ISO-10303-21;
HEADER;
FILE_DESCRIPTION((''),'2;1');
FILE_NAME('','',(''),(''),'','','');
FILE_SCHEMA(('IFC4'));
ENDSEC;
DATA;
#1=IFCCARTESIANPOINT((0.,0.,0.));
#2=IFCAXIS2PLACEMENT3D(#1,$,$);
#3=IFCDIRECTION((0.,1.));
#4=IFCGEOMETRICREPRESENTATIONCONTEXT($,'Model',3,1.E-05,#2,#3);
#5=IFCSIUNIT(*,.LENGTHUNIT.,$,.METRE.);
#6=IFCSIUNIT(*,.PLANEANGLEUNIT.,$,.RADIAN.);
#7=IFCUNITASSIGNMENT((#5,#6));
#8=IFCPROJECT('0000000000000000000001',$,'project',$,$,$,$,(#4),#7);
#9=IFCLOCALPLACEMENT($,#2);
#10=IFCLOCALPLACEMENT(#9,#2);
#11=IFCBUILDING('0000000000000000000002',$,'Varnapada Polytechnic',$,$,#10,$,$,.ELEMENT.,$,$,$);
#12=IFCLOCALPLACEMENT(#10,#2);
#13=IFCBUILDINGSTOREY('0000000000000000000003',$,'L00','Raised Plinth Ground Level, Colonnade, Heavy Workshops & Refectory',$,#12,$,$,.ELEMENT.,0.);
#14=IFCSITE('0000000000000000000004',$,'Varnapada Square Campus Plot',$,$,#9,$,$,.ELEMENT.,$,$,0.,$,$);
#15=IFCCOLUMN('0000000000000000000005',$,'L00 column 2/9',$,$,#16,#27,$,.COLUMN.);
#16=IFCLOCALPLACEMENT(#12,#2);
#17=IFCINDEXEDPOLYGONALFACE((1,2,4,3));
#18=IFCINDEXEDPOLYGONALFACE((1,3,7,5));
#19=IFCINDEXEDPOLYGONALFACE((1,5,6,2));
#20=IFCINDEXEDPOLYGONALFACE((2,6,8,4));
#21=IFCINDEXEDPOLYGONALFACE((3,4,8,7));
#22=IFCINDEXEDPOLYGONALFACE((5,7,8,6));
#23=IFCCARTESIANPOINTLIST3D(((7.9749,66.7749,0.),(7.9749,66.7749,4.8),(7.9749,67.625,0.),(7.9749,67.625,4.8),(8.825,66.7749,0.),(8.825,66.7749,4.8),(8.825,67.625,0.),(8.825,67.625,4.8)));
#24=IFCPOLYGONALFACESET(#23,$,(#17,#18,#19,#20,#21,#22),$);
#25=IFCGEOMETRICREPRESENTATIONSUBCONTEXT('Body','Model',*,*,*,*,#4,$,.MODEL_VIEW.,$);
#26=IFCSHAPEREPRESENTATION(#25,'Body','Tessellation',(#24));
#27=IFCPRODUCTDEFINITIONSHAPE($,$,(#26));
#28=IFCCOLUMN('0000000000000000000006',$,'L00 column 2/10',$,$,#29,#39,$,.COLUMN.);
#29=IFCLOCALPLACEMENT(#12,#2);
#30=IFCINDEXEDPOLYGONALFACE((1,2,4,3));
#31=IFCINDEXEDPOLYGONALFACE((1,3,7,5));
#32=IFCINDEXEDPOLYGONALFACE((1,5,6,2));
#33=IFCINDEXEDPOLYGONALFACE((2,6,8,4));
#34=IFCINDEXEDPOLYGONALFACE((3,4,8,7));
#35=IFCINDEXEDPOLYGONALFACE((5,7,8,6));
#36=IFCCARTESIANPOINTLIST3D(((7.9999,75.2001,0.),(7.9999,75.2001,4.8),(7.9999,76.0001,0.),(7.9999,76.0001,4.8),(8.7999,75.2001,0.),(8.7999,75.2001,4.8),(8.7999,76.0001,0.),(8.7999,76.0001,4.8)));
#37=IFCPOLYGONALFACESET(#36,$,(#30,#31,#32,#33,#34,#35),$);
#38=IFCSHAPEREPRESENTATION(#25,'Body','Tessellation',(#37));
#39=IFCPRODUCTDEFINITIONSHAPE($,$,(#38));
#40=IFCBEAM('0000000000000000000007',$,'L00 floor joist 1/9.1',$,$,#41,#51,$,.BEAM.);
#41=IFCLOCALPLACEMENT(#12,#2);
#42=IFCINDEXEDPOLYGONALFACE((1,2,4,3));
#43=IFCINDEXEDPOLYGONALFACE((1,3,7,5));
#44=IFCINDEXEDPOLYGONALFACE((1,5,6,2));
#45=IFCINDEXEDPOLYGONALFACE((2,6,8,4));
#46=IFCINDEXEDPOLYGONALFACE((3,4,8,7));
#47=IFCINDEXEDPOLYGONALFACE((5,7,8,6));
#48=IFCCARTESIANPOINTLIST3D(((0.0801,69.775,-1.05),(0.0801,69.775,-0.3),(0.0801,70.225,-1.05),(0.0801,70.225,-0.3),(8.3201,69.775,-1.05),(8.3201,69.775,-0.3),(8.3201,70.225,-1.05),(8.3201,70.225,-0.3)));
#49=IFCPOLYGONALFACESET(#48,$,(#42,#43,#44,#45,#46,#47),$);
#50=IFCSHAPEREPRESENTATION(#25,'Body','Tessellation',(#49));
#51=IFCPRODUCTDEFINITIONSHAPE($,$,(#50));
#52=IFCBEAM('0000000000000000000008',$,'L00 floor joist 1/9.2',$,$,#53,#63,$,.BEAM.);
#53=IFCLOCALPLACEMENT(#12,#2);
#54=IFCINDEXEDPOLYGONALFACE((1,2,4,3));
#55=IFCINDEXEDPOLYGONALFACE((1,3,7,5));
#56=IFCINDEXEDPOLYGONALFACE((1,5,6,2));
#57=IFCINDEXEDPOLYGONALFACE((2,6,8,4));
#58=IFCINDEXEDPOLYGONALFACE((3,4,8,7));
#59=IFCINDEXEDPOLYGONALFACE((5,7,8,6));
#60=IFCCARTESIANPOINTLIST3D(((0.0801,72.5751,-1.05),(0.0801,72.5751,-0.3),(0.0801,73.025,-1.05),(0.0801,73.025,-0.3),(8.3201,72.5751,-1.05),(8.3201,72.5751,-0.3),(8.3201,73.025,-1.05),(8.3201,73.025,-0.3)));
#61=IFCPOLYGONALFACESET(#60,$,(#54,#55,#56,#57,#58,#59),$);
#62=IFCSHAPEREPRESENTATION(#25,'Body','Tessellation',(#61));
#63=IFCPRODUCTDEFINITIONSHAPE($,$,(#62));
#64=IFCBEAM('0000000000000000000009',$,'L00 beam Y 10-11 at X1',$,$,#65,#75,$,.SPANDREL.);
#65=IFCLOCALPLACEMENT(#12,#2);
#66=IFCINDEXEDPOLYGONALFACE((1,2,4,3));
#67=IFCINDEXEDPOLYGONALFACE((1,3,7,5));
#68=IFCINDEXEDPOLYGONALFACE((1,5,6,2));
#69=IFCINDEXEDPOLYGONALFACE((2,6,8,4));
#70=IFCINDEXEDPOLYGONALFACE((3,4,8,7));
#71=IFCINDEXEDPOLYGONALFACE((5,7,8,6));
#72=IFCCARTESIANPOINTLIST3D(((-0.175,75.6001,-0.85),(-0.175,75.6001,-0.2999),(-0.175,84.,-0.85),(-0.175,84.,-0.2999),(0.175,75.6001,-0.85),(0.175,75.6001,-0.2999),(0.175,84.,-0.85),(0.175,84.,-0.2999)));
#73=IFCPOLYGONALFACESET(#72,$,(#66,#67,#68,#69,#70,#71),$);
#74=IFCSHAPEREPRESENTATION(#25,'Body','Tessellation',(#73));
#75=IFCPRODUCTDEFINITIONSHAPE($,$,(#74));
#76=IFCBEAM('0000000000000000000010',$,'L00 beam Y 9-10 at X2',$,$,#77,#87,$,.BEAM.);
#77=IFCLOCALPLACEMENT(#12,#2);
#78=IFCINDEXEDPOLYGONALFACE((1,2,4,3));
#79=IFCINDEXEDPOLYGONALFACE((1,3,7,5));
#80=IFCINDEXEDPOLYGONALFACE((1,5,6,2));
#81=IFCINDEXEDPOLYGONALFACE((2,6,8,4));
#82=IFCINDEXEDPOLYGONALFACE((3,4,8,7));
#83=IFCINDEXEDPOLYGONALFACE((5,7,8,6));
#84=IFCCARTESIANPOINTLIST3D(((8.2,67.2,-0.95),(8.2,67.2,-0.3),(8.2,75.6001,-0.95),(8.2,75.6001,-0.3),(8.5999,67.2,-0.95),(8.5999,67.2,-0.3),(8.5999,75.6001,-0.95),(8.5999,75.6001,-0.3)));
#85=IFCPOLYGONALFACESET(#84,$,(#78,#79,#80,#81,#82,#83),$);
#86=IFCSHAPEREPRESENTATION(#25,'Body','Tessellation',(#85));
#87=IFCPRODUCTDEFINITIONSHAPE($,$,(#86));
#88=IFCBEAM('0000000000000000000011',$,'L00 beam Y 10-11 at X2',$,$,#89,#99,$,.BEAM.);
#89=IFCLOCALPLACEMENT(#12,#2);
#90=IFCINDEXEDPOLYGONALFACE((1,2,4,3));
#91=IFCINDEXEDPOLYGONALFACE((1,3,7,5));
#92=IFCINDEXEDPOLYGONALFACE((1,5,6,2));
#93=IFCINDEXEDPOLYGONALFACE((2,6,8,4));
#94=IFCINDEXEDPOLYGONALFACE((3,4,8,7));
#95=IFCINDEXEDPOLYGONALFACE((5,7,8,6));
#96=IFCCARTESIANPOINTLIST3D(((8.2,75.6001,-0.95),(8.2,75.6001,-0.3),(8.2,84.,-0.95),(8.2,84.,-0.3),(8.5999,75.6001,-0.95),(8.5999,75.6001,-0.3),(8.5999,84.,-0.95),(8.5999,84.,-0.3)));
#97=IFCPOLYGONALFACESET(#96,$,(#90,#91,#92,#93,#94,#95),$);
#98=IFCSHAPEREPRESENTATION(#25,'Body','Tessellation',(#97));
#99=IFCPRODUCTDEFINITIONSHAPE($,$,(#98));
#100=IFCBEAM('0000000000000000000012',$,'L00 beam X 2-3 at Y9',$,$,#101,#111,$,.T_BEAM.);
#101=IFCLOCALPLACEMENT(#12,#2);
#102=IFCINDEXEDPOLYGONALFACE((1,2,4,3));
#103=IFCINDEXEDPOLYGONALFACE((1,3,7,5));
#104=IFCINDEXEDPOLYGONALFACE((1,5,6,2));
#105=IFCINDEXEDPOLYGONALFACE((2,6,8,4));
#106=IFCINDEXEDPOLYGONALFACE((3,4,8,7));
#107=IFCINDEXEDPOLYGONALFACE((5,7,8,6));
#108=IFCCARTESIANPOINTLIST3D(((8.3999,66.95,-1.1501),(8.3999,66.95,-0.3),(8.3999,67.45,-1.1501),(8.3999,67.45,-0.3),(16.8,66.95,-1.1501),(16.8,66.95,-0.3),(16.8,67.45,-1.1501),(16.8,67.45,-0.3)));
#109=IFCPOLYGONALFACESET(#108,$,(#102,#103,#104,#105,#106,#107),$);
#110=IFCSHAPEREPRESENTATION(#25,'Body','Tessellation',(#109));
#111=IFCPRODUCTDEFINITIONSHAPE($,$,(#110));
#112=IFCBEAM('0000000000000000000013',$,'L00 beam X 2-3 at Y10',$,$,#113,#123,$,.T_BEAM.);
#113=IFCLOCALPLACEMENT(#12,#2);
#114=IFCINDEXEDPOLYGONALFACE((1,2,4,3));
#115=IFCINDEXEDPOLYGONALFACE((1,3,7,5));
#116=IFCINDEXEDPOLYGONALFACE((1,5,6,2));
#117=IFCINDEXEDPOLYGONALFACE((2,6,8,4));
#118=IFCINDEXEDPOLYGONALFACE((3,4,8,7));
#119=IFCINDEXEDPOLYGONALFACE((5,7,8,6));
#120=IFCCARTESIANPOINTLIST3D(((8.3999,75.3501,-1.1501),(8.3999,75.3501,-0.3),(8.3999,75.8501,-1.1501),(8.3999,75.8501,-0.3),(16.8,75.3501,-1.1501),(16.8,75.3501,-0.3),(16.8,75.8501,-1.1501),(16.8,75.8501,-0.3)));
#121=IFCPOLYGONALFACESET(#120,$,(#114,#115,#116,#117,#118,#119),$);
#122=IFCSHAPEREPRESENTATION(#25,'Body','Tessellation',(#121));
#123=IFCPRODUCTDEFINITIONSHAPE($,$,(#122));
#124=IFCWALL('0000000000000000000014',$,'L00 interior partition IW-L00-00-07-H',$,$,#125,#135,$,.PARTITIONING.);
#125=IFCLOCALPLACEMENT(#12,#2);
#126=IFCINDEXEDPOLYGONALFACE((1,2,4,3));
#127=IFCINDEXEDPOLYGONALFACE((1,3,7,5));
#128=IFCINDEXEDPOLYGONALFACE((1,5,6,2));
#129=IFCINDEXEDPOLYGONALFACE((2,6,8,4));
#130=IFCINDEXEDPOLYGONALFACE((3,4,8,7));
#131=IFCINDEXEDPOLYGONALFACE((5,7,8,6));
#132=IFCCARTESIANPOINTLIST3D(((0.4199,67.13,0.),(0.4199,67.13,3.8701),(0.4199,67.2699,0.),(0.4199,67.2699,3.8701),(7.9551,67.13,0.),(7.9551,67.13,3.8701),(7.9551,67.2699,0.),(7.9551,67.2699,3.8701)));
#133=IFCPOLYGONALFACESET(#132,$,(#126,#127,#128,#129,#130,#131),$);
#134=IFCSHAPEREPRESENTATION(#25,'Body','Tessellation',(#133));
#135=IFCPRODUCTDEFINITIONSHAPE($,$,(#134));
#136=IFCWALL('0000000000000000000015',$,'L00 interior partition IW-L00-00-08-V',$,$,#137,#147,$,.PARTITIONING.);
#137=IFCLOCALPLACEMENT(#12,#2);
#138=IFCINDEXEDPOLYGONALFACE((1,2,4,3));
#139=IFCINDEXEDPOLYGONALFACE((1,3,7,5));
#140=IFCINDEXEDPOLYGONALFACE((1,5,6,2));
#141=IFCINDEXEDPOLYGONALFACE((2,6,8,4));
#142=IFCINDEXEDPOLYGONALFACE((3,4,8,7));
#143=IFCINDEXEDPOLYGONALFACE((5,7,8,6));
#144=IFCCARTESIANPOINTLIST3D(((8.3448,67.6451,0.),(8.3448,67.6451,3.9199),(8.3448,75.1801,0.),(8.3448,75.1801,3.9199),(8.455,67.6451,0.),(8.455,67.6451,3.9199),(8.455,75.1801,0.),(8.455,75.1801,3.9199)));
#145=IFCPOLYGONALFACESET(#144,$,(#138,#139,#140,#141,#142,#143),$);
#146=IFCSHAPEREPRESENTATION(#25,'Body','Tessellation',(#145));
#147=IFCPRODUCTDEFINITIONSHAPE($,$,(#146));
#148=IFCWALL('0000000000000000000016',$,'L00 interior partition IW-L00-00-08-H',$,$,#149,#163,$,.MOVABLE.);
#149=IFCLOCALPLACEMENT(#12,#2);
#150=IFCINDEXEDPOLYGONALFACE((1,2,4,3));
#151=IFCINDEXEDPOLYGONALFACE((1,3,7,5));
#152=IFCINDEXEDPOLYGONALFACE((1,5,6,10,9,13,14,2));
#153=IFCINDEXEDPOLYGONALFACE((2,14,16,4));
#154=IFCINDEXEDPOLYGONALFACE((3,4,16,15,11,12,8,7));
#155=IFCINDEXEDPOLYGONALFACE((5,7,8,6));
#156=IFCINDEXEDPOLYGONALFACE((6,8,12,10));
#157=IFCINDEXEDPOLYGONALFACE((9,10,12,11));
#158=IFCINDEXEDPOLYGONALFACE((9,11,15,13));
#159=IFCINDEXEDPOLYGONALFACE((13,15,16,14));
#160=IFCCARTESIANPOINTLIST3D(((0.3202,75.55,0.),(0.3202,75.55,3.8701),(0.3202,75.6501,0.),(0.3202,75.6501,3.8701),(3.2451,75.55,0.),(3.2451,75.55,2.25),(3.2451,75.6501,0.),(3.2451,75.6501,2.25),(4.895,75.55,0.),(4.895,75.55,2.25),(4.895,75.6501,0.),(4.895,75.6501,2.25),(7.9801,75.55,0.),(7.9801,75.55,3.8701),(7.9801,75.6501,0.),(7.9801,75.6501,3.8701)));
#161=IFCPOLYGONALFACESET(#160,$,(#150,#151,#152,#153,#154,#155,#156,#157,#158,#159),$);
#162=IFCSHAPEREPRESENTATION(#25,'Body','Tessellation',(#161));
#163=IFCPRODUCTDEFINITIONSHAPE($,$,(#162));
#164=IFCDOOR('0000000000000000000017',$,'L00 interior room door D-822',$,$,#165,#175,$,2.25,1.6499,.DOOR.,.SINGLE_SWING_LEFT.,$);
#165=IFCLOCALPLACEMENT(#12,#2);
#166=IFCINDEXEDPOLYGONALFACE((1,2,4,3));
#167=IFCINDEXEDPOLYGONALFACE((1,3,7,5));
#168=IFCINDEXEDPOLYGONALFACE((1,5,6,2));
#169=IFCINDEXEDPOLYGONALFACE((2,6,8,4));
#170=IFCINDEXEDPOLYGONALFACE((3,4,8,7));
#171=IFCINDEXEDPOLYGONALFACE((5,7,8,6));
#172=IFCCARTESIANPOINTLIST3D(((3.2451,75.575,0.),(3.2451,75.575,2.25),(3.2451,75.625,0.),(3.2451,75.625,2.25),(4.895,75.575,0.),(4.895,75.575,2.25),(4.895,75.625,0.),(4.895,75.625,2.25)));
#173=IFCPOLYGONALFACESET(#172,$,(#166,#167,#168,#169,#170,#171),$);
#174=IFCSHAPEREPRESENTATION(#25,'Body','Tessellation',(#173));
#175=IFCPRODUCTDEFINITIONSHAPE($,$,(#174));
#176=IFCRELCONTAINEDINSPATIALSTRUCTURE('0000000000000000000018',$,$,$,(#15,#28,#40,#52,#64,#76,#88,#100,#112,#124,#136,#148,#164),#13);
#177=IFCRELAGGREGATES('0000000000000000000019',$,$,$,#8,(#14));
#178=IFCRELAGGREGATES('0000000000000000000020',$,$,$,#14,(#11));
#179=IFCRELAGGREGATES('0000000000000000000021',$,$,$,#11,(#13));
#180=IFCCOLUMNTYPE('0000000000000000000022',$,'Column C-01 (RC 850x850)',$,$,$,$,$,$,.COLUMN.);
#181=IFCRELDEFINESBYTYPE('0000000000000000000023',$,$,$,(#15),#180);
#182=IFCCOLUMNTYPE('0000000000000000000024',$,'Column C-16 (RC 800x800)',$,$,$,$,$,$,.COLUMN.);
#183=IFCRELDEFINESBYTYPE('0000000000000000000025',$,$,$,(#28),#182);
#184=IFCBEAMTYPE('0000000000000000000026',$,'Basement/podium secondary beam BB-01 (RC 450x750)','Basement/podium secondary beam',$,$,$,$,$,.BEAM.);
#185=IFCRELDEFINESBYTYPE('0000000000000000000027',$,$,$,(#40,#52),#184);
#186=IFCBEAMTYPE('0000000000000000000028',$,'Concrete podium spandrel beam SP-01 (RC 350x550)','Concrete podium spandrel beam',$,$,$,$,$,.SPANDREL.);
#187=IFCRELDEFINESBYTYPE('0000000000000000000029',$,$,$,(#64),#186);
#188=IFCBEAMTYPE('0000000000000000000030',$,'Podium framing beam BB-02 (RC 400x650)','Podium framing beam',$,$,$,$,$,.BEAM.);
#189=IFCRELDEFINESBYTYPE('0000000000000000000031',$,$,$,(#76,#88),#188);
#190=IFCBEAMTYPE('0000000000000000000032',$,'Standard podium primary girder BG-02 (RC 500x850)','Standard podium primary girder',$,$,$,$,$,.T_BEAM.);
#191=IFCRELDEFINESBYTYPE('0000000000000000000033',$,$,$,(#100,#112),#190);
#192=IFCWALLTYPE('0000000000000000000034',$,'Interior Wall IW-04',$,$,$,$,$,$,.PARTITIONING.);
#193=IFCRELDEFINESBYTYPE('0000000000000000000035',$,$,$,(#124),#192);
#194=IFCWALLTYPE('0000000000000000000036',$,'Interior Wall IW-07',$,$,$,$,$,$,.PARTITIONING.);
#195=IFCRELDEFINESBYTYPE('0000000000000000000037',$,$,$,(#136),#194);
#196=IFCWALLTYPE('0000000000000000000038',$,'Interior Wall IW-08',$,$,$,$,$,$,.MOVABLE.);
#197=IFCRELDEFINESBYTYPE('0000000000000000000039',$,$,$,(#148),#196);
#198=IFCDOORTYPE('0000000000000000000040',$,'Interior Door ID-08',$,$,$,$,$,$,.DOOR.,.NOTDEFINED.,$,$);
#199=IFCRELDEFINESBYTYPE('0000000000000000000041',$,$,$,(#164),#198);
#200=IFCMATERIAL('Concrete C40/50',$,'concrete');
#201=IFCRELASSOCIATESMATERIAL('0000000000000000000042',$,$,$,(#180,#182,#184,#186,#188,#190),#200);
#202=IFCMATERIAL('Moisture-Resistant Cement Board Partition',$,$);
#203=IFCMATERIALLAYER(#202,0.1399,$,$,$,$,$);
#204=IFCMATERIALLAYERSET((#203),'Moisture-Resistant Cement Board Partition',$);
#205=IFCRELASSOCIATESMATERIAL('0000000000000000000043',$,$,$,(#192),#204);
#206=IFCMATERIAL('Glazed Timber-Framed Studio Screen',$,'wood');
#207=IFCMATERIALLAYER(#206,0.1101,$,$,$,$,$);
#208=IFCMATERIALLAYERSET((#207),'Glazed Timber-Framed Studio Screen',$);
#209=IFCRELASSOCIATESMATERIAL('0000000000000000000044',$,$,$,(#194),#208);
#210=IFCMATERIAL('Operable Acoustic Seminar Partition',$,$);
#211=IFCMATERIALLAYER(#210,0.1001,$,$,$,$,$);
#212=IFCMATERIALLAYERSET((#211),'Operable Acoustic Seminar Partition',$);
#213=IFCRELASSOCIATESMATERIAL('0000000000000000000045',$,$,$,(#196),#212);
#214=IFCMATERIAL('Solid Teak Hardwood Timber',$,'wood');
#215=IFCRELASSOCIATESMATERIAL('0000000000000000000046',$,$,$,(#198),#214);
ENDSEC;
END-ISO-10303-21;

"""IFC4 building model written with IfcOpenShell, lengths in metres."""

from ifc_helpers import new_model, si_unit, direction, frame, frame_2d, origin, origin_2d, place, context, subcontext, project, spatial, rectangle, extrude, material, layer, layer_set, material_profile, profile_set, type_object, element, fill, save


model = new_model("IFC4")

# Units and contexts
model_context = context("Model", 3, precision=1e-05, world=origin(), true_north=direction((0.0, 1.0)))
body_context = subcontext(model_context, "Body", "Model", "MODEL_VIEW")
ifc_project = project(units=[si_unit("LENGTHUNIT", "METRE"), si_unit("PLANEANGLEUNIT", "RADIAN")], contexts=[model_context])

# Site, building, storey
site_placement = place(None, origin())
site = spatial("IfcSite", under=ifc_project, at=site_placement, Name="Varnapada Square Campus Plot", CompositionType="ELEMENT", RefElevation=0.0)
building_placement = place(site_placement, origin())
building = spatial("IfcBuilding", under=site, at=building_placement, Name="Varnapada Polytechnic", CompositionType="ELEMENT")
storey_placement = place(building_placement, origin())
storey = spatial("IfcBuildingStorey", under=building, at=storey_placement, Name="L00", Description="Raised Plinth Ground Level, Colonnade, Heavy Workshops & Refectory", CompositionType="ELEMENT", Elevation=0.0)

# Columns
ifc_material_1 = material(Name="Concrete C40/50", Category="concrete")
ifc_material_profile_1 = material_profile(ifc_material_1, rectangle(XDim=0.8501, YDim=0.8501, at=origin_2d()), Name="RC 850x850")
ifc_profile_set_1 = profile_set([ifc_material_profile_1], Name="Concrete C40/50")
column_type_1 = type_object("IfcColumnType", Name="Column C-01 (RC 850x850)", PredefinedType="COLUMN", material=ifc_profile_set_1)
column_1_placement = place(storey_placement, frame((8.3999, 67.2, 0.0), z_axis=(0.0, 0.0, 1.0), x_axis=(1.0, 0.0, 0.0)))
element("IfcColumn", 1, at=column_1_placement, inside=storey, type_object=column_type_1, Name="L00 column 2/9", PredefinedType="COLUMN", context=body_context, shape_type="SweptSolid", body=[
    extrude(rectangle(XDim=0.8501, YDim=0.8501, at=origin_2d()), origin(), (0.0, 0.0, 1.0), 4.8),
])
ifc_material_profile_2 = material_profile(ifc_material_1, rectangle(XDim=0.8, YDim=0.8, at=origin_2d()), Name="RC 800x800")
ifc_profile_set_2 = profile_set([ifc_material_profile_2], Name="Concrete C40/50")
column_type_2 = type_object("IfcColumnType", Name="Column C-16 (RC 800x800)", PredefinedType="COLUMN", material=ifc_profile_set_2)
column_2_placement = place(storey_placement, frame((8.3999, 75.6001, 0.0), z_axis=(0.0, 0.0, 1.0), x_axis=(1.0, 0.0, 0.0)))
element("IfcColumn", 2, at=column_2_placement, inside=storey, type_object=column_type_2, Name="L00 column 2/10", PredefinedType="COLUMN", context=body_context, shape_type="SweptSolid", body=[
    extrude(rectangle(XDim=0.8, YDim=0.8, at=origin_2d()), origin(), (0.0, 0.0, 1.0), 4.8),
])

# Beams
ifc_material_profile_3 = material_profile(ifc_material_1, rectangle(XDim=0.45, YDim=0.75, at=origin_2d()), Name="RC 450x750")
ifc_profile_set_3 = profile_set([ifc_material_profile_3], Name="Concrete C40/50")
beam_type_1 = type_object("IfcBeamType", Name="Basement/podium secondary beam BB-01 (RC 450x750)", Description="Basement/podium secondary beam", PredefinedType="BEAM", material=ifc_profile_set_3)
for number, where, z_axis, x_axis, name in (
    (3, (0.0801, 70.0, -0.675), (1.0, 0.0, 0.0), (0.0, 1.0, 0.0), "L00 floor joist 1/9.1"),
    (4, (0.0801, 72.8, -0.675), (1.0, 0.0, 0.0), (0.0, 1.0, 0.0), "L00 floor joist 1/9.2"),
):
    element("IfcBeam", number, at=place(storey_placement, frame(where, z_axis=z_axis, x_axis=x_axis)), inside=storey, type_object=beam_type_1, Name=name, PredefinedType="BEAM", context=body_context, shape_type="SweptSolid", body=[
        extrude(rectangle(XDim=0.45, YDim=0.75, at=origin_2d()), origin(), (0.0, 0.0, 1.0), 8.24),
    ])
ifc_material_profile_4 = material_profile(ifc_material_1, rectangle(XDim=0.3501, YDim=0.55, at=origin_2d()), Name="RC 350x550")
ifc_profile_set_4 = profile_set([ifc_material_profile_4], Name="Concrete C40/50")
beam_type_2 = type_object("IfcBeamType", Name="Concrete podium spandrel beam SP-01 (RC 350x550)", Description="Concrete podium spandrel beam", PredefinedType="SPANDREL", material=ifc_profile_set_4)
beam_1_placement = place(storey_placement, frame((0.0, 75.6001, -0.575), z_axis=(0.0, 1.0, 0.0), x_axis=(-1.0, 0.0, 0.0)))
element("IfcBeam", 5, at=beam_1_placement, inside=storey, type_object=beam_type_2, Name="L00 beam Y 10-11 at X1", PredefinedType="SPANDREL", context=body_context, shape_type="SweptSolid", body=[
    extrude(rectangle(XDim=0.3501, YDim=0.55, at=origin_2d()), origin(), (0.0, 0.0, 1.0), 8.3999),
])
ifc_material_profile_5 = material_profile(ifc_material_1, rectangle(XDim=0.3999, YDim=0.6499, at=origin_2d()), Name="RC 400x650")
ifc_profile_set_5 = profile_set([ifc_material_profile_5], Name="Concrete C40/50")
beam_type_3 = type_object("IfcBeamType", Name="Podium framing beam BB-02 (RC 400x650)", Description="Podium framing beam", PredefinedType="BEAM", material=ifc_profile_set_5)
beam_2_placement = place(storey_placement, frame((8.3999, 67.2, -0.625), z_axis=(0.0, 1.0, 0.0), x_axis=(-1.0, 0.0, 0.0)))
element("IfcBeam", 6, at=beam_2_placement, inside=storey, type_object=beam_type_3, Name="L00 beam Y 9-10 at X2", PredefinedType="BEAM", context=body_context, shape_type="SweptSolid", body=[
    extrude(rectangle(XDim=0.3999, YDim=0.6499, at=origin_2d()), origin(), (0.0, 0.0, 1.0), 8.4001),
])
beam_3_placement = place(storey_placement, frame((8.3999, 75.6001, -0.625), z_axis=(0.0, 1.0, 0.0), x_axis=(-1.0, 0.0, 0.0)))
element("IfcBeam", 7, at=beam_3_placement, inside=storey, type_object=beam_type_3, Name="L00 beam Y 10-11 at X2", PredefinedType="BEAM", context=body_context, shape_type="SweptSolid", body=[
    extrude(rectangle(XDim=0.3999, YDim=0.6499, at=origin_2d()), origin(), (0.0, 0.0, 1.0), 8.3999),
])
ifc_material_profile_6 = material_profile(ifc_material_1, rectangle(XDim=0.5, YDim=0.8501, at=origin_2d()), Name="RC 500x850")
ifc_profile_set_6 = profile_set([ifc_material_profile_6], Name="Concrete C40/50")
beam_type_4 = type_object("IfcBeamType", Name="Standard podium primary girder BG-02 (RC 500x850)", Description="Standard podium primary girder", PredefinedType="T_BEAM", material=ifc_profile_set_6)
for number, where, z_axis, x_axis, name in (
    (8, (8.3999, 67.2, -0.7251), (1.0, 0.0, 0.0), (0.0, 1.0, 0.0), "L00 beam X 2-3 at Y9"),
    (9, (8.3999, 75.6001, -0.7251), (1.0, 0.0, 0.0), (0.0, 1.0, 0.0), "L00 beam X 2-3 at Y10"),
):
    element("IfcBeam", number, at=place(storey_placement, frame(where, z_axis=z_axis, x_axis=x_axis)), inside=storey, type_object=beam_type_4, Name=name, PredefinedType="T_BEAM", context=body_context, shape_type="SweptSolid", body=[
        extrude(rectangle(XDim=0.5, YDim=0.8501, at=origin_2d()), origin(), (0.0, 0.0, 1.0), 8.4001),
    ])

# Walls
ifc_material_2 = material(Name="Moisture-Resistant Cement Board Partition")
ifc_layer_1 = layer(ifc_material_2, 0.1399)
ifc_layer_set_1 = layer_set([ifc_layer_1], Name="Moisture-Resistant Cement Board Partition")
wall_type_1 = type_object("IfcWallType", Name="Interior Wall IW-04", PredefinedType="PARTITIONING", material=ifc_layer_set_1)
wall_1_placement = place(storey_placement, frame((0.4199, 67.2, 0.0), z_axis=(0.0, 0.0, 1.0), x_axis=(1.0, 0.0, 0.0)))
element("IfcWall", 10, at=wall_1_placement, inside=storey, type_object=wall_type_1, Name="L00 interior partition IW-L00-00-07-H", PredefinedType="PARTITIONING", context=body_context, shape_type="SweptSolid", body=[
    extrude(rectangle(XDim=7.5352, YDim=0.1399, at=frame_2d((3.7676, 0.0))), origin(), (0.0, 0.0, 1.0), 3.8701),
])
ifc_material_3 = material(Name="Glazed Timber-Framed Studio Screen", Category="wood")
ifc_layer_2 = layer(ifc_material_3, 0.1101)
ifc_layer_set_2 = layer_set([ifc_layer_2], Name="Glazed Timber-Framed Studio Screen")
wall_type_2 = type_object("IfcWallType", Name="Interior Wall IW-07", PredefinedType="PARTITIONING", material=ifc_layer_set_2)
wall_2_placement = place(storey_placement, frame((8.3999, 67.645, 0.0), z_axis=(0.0, 0.0, 1.0), x_axis=(0.0, 1.0, 0.0)))
element("IfcWall", 11, at=wall_2_placement, inside=storey, type_object=wall_type_2, Name="L00 interior partition IW-L00-00-08-V", PredefinedType="PARTITIONING", context=body_context, shape_type="SweptSolid", body=[
    extrude(rectangle(XDim=7.5349, YDim=0.1101, at=frame_2d((3.7676, 0.0))), origin(), (0.0, 0.0, 1.0), 3.9199),
])

# Wall, opening, door
ifc_material_4 = material(Name="Operable Acoustic Seminar Partition")
ifc_layer_3 = layer(ifc_material_4, 0.1001)
ifc_layer_set_3 = layer_set([ifc_layer_3], Name="Operable Acoustic Seminar Partition")
wall_type_3 = type_object("IfcWallType", Name="Interior Wall IW-08", PredefinedType="MOVABLE", material=ifc_layer_set_3)
wall_3_placement = place(storey_placement, frame((0.3201, 75.6001, 0.0), z_axis=(0.0, 0.0, 1.0), x_axis=(1.0, 0.0, 0.0)))
wall_3 = element("IfcWall", 12, at=wall_3_placement, inside=storey, type_object=wall_type_3, Name="L00 interior partition IW-L00-00-08-H", PredefinedType="MOVABLE", context=body_context, shape_type="SweptSolid", body=[
    extrude(rectangle(XDim=7.6599, YDim=0.1001, at=frame_2d((3.8301, 0.0))), origin(), (0.0, 0.0, 1.0), 3.8701),
])
opening_placement = place(wall_3_placement, frame((2.925, 0.0, 0.0)))
opening = element("IfcOpeningElement", 13, at=opening_placement, cuts=wall_3, PredefinedType="OPENING", context=body_context, shape_type="SweptSolid", body=[
    extrude(rectangle(XDim=1.6499, YDim=2.25, at=frame_2d((0.825, 1.125))), frame((0.0, 0.0601, 0.0), z_axis=(0.0, -1.0, 0.0), x_axis=(1.0, 0.0, 0.0)), (0.0, 0.0, 1.0), 0.1201),
])
ifc_material_5 = material(Name="Solid Teak Hardwood Timber", Category="wood")
door_type = type_object("IfcDoorType", Name="Interior Door ID-08", OperationType="NOTDEFINED", PredefinedType="DOOR", material=ifc_material_5)
door_placement = place(opening_placement, origin())
door = element("IfcDoor", 14, at=door_placement, inside=storey, type_object=door_type, Name="L00 interior room door D-822", OperationType="SINGLE_SWING_LEFT", OverallHeight=2.25, OverallWidth=1.6499, PredefinedType="DOOR", context=body_context, shape_type="SweptSolid", body=[
    extrude(rectangle(XDim=1.6499, YDim=2.25, at=frame_2d((0.825, 1.125))), frame((0.0, 0.0249, 0.0), z_axis=(0.0, -1.0, 0.0), x_axis=(1.0, 0.0, 0.0)), (0.0, 0.0, 1.0), 0.05),
])
fill(opening, door)

save(model, "model.ifc")
